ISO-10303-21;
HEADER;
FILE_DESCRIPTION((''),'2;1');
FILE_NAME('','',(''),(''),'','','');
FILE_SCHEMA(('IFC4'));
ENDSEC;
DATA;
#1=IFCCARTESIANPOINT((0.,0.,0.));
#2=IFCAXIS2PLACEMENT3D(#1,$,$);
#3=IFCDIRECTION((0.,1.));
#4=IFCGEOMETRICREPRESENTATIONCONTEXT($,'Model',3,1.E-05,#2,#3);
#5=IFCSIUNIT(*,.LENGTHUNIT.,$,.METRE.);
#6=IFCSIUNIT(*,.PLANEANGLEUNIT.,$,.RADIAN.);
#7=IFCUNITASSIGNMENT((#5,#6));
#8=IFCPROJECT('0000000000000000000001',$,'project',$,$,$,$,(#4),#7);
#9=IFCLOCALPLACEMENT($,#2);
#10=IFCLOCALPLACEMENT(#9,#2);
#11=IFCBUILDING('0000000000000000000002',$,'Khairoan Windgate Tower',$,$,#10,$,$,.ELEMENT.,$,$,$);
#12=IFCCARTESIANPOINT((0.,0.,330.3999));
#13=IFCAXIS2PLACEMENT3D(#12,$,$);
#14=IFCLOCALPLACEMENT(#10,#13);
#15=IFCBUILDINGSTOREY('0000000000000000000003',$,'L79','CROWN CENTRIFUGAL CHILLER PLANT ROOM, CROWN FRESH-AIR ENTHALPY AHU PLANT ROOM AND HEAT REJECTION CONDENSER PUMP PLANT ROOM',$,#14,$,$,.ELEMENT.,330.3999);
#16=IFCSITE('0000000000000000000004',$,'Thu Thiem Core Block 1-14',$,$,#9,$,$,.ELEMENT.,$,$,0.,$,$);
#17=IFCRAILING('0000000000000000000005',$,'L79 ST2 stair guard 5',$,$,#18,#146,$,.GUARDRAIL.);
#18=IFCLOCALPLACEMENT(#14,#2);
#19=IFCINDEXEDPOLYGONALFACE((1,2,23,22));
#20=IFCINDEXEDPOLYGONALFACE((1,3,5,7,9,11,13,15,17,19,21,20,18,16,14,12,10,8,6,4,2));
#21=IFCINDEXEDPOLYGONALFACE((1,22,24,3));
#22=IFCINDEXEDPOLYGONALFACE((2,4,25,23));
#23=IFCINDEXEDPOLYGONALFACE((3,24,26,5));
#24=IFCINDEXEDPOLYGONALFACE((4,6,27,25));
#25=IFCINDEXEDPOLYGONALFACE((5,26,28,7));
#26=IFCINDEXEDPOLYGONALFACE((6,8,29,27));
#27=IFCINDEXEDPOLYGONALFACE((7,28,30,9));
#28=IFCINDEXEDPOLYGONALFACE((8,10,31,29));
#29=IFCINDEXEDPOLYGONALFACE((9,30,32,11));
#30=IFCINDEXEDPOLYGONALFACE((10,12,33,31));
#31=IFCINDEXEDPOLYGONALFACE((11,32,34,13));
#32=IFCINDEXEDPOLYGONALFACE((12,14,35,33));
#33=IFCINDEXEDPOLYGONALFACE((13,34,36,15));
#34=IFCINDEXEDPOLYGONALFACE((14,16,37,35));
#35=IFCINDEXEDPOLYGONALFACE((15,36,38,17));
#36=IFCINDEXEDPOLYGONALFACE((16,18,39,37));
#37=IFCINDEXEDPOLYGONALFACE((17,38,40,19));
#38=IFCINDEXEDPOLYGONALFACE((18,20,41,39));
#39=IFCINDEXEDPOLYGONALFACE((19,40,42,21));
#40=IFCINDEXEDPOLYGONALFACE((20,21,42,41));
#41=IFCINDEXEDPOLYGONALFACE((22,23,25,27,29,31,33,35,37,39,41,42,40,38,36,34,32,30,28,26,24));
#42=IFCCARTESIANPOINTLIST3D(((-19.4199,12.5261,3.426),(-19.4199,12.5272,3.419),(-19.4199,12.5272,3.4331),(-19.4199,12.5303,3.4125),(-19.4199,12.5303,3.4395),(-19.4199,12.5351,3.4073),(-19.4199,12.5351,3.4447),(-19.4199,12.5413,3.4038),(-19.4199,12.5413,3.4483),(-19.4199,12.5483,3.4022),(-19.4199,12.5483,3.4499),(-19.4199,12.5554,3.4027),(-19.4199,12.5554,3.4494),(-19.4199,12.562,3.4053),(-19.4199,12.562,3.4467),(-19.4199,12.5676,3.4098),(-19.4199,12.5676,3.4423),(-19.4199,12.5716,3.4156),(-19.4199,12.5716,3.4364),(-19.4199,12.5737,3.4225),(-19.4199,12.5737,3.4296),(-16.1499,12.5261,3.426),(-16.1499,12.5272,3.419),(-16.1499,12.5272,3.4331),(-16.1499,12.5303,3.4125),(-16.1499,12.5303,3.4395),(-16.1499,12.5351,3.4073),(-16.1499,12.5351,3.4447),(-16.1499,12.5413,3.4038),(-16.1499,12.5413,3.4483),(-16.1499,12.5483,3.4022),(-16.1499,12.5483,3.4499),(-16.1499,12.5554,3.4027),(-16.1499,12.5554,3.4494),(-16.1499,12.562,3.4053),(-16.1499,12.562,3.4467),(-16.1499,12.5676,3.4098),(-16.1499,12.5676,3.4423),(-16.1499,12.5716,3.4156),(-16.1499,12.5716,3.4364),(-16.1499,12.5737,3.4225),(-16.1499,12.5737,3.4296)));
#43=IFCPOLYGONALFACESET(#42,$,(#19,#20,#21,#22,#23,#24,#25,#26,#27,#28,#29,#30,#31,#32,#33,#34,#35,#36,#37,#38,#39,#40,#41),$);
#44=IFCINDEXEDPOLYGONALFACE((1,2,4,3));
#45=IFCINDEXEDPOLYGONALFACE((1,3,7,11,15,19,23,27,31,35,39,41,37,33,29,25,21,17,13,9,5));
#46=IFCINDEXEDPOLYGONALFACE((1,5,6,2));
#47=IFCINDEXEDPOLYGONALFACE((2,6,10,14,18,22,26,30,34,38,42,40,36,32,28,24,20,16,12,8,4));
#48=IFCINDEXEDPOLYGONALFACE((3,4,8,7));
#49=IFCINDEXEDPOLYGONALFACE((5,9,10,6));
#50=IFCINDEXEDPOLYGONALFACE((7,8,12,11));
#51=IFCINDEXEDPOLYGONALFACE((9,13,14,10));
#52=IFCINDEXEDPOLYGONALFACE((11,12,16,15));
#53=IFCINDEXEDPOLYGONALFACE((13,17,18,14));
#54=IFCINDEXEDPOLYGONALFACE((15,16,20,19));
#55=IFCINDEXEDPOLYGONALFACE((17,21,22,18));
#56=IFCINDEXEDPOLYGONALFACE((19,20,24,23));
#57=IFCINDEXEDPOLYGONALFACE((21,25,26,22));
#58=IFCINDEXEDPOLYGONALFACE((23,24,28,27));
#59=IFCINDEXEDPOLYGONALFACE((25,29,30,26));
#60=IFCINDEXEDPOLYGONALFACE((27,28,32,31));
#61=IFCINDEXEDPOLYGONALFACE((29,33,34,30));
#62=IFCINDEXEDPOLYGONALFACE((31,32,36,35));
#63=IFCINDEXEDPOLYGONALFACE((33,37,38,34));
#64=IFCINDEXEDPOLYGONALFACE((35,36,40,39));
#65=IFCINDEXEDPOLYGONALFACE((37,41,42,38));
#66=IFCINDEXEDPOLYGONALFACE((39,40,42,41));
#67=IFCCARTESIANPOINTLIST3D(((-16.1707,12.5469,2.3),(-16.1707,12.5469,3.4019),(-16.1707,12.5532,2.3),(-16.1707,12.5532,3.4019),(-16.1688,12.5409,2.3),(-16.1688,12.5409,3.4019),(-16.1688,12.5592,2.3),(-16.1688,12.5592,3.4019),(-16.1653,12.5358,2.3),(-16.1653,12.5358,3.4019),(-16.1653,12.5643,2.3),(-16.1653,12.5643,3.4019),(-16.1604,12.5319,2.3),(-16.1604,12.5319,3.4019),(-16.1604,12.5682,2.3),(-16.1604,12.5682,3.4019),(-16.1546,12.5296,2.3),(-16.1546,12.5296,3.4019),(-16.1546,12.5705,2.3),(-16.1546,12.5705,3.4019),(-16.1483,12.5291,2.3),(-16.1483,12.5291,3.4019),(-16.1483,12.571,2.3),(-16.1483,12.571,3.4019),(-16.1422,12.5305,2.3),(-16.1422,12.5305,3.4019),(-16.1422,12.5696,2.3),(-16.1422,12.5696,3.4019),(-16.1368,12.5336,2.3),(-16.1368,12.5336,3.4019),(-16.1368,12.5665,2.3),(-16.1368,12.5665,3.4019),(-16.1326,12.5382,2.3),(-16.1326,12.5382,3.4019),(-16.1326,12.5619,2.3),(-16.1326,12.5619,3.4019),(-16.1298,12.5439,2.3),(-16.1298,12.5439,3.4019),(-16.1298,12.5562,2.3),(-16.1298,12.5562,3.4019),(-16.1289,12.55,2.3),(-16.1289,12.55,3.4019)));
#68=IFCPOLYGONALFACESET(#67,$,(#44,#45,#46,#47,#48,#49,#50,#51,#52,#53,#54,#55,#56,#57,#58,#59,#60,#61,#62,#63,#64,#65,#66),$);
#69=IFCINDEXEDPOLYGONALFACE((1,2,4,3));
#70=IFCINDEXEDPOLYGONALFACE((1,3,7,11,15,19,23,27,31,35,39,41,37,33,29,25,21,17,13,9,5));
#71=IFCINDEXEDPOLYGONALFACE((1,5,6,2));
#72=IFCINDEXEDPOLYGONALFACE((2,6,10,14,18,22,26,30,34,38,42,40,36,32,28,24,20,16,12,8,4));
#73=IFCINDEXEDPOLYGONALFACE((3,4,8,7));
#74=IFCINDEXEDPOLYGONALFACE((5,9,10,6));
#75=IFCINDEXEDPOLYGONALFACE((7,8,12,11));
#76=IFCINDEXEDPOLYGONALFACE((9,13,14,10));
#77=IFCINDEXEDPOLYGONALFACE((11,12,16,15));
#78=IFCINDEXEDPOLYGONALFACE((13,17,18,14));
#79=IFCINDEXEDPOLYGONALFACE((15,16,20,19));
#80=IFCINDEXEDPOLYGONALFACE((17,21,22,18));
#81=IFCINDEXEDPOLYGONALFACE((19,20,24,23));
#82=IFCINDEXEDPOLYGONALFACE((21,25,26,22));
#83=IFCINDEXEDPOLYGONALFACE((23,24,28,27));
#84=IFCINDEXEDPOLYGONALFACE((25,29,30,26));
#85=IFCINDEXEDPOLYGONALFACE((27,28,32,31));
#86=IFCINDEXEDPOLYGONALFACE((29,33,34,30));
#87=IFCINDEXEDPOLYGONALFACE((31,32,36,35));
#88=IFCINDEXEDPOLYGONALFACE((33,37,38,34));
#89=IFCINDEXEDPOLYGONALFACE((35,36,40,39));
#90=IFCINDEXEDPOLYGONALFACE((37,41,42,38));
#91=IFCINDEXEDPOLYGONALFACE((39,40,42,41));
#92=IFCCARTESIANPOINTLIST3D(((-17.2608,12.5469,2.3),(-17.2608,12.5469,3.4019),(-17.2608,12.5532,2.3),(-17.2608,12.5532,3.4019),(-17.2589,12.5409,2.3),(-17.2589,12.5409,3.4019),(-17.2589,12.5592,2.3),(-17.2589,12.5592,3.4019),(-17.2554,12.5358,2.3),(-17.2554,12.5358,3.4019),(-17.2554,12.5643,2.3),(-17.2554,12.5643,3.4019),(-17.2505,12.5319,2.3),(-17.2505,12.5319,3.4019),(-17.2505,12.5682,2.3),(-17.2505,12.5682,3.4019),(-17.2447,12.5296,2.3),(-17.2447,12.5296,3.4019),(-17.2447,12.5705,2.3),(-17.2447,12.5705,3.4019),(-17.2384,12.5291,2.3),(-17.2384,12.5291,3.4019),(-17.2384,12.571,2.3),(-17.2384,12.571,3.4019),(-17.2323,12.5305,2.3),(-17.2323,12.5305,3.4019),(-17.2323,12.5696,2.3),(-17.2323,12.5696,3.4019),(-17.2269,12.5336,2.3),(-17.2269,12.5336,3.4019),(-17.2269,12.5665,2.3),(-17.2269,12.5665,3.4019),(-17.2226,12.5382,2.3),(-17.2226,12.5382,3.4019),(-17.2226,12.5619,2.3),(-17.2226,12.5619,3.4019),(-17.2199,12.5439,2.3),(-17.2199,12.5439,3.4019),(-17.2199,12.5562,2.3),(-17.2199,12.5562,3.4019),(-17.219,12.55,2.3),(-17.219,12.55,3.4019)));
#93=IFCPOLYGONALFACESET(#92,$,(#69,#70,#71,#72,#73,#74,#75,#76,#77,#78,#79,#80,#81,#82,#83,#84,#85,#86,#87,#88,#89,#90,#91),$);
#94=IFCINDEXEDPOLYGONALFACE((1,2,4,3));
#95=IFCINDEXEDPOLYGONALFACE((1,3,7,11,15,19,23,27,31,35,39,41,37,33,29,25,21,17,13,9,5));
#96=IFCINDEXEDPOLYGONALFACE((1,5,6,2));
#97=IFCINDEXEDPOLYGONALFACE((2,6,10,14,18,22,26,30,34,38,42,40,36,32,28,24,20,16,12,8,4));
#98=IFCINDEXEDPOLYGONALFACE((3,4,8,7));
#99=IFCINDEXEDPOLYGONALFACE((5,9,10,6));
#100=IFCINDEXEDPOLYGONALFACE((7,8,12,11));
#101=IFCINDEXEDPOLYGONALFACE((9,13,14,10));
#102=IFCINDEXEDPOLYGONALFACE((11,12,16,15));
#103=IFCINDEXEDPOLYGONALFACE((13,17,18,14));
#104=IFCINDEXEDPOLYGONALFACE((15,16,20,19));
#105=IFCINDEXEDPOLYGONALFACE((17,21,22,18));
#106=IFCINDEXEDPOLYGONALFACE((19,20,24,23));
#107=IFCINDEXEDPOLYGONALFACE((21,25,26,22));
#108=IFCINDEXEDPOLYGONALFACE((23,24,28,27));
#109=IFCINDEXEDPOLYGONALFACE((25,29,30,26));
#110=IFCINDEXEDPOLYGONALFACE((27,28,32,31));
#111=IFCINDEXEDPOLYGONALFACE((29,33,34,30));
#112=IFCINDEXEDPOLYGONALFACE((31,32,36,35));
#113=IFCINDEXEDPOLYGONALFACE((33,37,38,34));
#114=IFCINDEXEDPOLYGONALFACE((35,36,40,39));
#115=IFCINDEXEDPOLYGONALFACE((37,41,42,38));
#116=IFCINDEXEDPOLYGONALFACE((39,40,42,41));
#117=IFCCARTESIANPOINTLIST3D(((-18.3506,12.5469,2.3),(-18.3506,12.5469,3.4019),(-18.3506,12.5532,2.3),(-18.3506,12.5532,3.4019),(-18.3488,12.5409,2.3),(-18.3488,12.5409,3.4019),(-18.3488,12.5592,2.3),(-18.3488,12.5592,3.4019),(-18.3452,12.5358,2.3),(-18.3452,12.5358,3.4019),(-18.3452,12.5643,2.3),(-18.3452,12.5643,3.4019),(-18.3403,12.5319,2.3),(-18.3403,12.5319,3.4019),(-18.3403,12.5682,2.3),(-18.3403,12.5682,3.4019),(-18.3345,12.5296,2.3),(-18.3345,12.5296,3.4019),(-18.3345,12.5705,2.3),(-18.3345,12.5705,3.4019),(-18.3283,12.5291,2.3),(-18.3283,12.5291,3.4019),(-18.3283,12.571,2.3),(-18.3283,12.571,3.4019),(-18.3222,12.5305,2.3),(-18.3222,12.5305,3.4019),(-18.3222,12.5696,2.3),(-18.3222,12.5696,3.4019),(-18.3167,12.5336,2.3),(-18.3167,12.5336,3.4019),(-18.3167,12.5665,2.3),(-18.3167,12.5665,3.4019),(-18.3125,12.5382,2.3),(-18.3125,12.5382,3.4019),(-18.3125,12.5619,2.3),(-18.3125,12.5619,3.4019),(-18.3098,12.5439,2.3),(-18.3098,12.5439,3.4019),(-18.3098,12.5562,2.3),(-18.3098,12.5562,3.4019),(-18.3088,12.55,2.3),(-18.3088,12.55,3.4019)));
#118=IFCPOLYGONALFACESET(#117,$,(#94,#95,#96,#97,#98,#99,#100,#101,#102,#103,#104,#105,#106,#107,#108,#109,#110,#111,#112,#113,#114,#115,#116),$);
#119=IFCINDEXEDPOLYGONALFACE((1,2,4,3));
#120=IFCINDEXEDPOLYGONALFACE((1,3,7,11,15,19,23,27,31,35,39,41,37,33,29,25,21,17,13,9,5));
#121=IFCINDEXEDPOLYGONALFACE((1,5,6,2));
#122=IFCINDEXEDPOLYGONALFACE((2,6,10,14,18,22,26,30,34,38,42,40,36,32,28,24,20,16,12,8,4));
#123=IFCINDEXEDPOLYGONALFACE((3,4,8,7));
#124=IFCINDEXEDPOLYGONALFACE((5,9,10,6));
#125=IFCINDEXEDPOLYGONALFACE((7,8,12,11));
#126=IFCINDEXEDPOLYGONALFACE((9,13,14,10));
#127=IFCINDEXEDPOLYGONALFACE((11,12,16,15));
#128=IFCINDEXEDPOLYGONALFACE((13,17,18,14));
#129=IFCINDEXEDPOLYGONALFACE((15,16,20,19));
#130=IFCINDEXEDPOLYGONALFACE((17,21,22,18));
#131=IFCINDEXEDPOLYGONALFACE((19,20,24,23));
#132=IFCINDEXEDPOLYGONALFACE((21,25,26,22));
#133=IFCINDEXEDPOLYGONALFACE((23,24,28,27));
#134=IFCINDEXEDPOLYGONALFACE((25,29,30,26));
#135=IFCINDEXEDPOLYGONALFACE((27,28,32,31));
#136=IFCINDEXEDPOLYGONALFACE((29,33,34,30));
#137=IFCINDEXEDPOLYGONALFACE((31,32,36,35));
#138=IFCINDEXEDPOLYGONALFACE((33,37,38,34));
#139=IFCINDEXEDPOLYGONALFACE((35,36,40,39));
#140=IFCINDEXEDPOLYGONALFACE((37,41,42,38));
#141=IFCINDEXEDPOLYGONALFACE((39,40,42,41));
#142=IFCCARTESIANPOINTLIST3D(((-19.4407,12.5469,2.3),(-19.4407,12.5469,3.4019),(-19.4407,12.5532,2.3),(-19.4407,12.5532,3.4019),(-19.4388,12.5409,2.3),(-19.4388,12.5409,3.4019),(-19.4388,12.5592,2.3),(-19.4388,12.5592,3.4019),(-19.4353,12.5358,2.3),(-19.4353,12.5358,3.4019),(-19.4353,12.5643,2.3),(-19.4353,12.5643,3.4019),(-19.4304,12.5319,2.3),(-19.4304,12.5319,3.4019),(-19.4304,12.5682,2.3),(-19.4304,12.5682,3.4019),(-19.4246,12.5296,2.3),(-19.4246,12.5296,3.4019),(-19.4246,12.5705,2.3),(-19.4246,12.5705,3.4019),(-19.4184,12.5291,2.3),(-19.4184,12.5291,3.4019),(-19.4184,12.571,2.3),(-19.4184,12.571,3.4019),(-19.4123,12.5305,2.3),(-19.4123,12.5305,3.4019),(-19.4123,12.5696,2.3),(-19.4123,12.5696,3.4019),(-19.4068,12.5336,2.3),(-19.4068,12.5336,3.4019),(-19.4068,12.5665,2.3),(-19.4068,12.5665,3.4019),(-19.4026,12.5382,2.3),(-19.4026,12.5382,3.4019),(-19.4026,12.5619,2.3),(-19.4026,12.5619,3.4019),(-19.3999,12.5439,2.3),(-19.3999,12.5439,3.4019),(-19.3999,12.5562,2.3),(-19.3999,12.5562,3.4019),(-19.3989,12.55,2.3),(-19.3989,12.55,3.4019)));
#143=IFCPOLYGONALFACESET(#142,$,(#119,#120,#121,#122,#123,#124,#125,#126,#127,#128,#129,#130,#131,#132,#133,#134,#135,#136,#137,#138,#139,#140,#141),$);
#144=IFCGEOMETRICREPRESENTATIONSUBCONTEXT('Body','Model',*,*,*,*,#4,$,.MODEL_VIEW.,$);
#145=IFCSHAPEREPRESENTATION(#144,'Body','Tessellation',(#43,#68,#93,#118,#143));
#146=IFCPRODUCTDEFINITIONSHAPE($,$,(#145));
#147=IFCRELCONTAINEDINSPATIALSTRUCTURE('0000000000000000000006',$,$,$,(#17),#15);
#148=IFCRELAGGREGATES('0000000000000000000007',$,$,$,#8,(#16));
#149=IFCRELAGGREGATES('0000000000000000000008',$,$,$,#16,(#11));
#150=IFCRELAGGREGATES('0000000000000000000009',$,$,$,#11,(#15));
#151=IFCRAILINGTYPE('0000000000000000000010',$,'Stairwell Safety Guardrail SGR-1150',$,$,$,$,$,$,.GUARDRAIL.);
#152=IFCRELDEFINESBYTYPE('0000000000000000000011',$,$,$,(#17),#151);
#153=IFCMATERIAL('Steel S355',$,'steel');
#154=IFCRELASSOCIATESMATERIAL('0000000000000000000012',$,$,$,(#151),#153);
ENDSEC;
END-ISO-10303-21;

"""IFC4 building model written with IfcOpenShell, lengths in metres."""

from ifc_helpers import new_model, si_unit, direction, frame, origin, origin_2d, place, context, subcontext, project, spatial, circle, extrude, material, type_object, element, save


model = new_model("IFC4")

# Units and contexts
model_context = context("Model", 3, precision=1e-05, world=origin(), true_north=direction((0.0, 1.0)))
body_context = subcontext(model_context, "Body", "Model", "MODEL_VIEW")
ifc_project = project(units=[si_unit("LENGTHUNIT", "METRE"), si_unit("PLANEANGLEUNIT", "RADIAN")], contexts=[model_context])

# Site, building, storey
site_placement = place(None, origin())
site = spatial("IfcSite", under=ifc_project, at=site_placement, Name="Thu Thiem Core Block 1-14", CompositionType="ELEMENT", RefElevation=0.0)
building_placement = place(site_placement, origin())
building = spatial("IfcBuilding", under=site, at=building_placement, Name="Khairoan Windgate Tower", CompositionType="ELEMENT")
storey_placement = place(building_placement, frame((0.0, 0.0, 330.3999)))
storey = spatial("IfcBuildingStorey", under=building, at=storey_placement, Name="L79", Description="CROWN CENTRIFUGAL CHILLER PLANT ROOM, CROWN FRESH-AIR ENTHALPY AHU PLANT ROOM AND HEAT REJECTION CONDENSER PUMP PLANT ROOM", CompositionType="ELEMENT", Elevation=330.3999)

# Railing
ifc_material_1 = material(Name="Steel S355", Category="steel")
railing_type = type_object("IfcRailingType", Name="Stairwell Safety Guardrail SGR-1150", PredefinedType="GUARDRAIL", material=ifc_material_1)
railing_1_placement = place(storey_placement, frame((-16.1499, 12.55, 2.3)))
element("IfcRailing", 1, at=railing_1_placement, inside=storey, type_object=railing_type, Name="L79 ST2 stair guard 5", PredefinedType="GUARDRAIL", context=body_context, shape_type="SweptSolid", body=[
    extrude(circle(Radius=0.0239, at=origin_2d()), frame((0.0, 0.0, 1.126), z_axis=(-1.0, 0.0, 0.0), x_axis=(0.0, -1.0, 0.0)), (0.0, 0.0, 1.0), 3.27),
    extrude(circle(Radius=0.021, at=origin_2d()), origin(), (0.0, 0.0, 1.0), 1.1018),
    extrude(circle(Radius=0.021, at=origin_2d()), frame((-1.0901, 0.0, 0.0)), (0.0, 0.0, 1.0), 1.1018),
    extrude(circle(Radius=0.021, at=origin_2d()), frame((-2.1799, 0.0, 0.0)), (0.0, 0.0, 1.0), 1.1018),
    extrude(circle(Radius=0.021, at=origin_2d()), frame((-3.27, 0.0, 0.0)), (0.0, 0.0, 1.0), 1.1018),
])

save(model, "model.ifc")
